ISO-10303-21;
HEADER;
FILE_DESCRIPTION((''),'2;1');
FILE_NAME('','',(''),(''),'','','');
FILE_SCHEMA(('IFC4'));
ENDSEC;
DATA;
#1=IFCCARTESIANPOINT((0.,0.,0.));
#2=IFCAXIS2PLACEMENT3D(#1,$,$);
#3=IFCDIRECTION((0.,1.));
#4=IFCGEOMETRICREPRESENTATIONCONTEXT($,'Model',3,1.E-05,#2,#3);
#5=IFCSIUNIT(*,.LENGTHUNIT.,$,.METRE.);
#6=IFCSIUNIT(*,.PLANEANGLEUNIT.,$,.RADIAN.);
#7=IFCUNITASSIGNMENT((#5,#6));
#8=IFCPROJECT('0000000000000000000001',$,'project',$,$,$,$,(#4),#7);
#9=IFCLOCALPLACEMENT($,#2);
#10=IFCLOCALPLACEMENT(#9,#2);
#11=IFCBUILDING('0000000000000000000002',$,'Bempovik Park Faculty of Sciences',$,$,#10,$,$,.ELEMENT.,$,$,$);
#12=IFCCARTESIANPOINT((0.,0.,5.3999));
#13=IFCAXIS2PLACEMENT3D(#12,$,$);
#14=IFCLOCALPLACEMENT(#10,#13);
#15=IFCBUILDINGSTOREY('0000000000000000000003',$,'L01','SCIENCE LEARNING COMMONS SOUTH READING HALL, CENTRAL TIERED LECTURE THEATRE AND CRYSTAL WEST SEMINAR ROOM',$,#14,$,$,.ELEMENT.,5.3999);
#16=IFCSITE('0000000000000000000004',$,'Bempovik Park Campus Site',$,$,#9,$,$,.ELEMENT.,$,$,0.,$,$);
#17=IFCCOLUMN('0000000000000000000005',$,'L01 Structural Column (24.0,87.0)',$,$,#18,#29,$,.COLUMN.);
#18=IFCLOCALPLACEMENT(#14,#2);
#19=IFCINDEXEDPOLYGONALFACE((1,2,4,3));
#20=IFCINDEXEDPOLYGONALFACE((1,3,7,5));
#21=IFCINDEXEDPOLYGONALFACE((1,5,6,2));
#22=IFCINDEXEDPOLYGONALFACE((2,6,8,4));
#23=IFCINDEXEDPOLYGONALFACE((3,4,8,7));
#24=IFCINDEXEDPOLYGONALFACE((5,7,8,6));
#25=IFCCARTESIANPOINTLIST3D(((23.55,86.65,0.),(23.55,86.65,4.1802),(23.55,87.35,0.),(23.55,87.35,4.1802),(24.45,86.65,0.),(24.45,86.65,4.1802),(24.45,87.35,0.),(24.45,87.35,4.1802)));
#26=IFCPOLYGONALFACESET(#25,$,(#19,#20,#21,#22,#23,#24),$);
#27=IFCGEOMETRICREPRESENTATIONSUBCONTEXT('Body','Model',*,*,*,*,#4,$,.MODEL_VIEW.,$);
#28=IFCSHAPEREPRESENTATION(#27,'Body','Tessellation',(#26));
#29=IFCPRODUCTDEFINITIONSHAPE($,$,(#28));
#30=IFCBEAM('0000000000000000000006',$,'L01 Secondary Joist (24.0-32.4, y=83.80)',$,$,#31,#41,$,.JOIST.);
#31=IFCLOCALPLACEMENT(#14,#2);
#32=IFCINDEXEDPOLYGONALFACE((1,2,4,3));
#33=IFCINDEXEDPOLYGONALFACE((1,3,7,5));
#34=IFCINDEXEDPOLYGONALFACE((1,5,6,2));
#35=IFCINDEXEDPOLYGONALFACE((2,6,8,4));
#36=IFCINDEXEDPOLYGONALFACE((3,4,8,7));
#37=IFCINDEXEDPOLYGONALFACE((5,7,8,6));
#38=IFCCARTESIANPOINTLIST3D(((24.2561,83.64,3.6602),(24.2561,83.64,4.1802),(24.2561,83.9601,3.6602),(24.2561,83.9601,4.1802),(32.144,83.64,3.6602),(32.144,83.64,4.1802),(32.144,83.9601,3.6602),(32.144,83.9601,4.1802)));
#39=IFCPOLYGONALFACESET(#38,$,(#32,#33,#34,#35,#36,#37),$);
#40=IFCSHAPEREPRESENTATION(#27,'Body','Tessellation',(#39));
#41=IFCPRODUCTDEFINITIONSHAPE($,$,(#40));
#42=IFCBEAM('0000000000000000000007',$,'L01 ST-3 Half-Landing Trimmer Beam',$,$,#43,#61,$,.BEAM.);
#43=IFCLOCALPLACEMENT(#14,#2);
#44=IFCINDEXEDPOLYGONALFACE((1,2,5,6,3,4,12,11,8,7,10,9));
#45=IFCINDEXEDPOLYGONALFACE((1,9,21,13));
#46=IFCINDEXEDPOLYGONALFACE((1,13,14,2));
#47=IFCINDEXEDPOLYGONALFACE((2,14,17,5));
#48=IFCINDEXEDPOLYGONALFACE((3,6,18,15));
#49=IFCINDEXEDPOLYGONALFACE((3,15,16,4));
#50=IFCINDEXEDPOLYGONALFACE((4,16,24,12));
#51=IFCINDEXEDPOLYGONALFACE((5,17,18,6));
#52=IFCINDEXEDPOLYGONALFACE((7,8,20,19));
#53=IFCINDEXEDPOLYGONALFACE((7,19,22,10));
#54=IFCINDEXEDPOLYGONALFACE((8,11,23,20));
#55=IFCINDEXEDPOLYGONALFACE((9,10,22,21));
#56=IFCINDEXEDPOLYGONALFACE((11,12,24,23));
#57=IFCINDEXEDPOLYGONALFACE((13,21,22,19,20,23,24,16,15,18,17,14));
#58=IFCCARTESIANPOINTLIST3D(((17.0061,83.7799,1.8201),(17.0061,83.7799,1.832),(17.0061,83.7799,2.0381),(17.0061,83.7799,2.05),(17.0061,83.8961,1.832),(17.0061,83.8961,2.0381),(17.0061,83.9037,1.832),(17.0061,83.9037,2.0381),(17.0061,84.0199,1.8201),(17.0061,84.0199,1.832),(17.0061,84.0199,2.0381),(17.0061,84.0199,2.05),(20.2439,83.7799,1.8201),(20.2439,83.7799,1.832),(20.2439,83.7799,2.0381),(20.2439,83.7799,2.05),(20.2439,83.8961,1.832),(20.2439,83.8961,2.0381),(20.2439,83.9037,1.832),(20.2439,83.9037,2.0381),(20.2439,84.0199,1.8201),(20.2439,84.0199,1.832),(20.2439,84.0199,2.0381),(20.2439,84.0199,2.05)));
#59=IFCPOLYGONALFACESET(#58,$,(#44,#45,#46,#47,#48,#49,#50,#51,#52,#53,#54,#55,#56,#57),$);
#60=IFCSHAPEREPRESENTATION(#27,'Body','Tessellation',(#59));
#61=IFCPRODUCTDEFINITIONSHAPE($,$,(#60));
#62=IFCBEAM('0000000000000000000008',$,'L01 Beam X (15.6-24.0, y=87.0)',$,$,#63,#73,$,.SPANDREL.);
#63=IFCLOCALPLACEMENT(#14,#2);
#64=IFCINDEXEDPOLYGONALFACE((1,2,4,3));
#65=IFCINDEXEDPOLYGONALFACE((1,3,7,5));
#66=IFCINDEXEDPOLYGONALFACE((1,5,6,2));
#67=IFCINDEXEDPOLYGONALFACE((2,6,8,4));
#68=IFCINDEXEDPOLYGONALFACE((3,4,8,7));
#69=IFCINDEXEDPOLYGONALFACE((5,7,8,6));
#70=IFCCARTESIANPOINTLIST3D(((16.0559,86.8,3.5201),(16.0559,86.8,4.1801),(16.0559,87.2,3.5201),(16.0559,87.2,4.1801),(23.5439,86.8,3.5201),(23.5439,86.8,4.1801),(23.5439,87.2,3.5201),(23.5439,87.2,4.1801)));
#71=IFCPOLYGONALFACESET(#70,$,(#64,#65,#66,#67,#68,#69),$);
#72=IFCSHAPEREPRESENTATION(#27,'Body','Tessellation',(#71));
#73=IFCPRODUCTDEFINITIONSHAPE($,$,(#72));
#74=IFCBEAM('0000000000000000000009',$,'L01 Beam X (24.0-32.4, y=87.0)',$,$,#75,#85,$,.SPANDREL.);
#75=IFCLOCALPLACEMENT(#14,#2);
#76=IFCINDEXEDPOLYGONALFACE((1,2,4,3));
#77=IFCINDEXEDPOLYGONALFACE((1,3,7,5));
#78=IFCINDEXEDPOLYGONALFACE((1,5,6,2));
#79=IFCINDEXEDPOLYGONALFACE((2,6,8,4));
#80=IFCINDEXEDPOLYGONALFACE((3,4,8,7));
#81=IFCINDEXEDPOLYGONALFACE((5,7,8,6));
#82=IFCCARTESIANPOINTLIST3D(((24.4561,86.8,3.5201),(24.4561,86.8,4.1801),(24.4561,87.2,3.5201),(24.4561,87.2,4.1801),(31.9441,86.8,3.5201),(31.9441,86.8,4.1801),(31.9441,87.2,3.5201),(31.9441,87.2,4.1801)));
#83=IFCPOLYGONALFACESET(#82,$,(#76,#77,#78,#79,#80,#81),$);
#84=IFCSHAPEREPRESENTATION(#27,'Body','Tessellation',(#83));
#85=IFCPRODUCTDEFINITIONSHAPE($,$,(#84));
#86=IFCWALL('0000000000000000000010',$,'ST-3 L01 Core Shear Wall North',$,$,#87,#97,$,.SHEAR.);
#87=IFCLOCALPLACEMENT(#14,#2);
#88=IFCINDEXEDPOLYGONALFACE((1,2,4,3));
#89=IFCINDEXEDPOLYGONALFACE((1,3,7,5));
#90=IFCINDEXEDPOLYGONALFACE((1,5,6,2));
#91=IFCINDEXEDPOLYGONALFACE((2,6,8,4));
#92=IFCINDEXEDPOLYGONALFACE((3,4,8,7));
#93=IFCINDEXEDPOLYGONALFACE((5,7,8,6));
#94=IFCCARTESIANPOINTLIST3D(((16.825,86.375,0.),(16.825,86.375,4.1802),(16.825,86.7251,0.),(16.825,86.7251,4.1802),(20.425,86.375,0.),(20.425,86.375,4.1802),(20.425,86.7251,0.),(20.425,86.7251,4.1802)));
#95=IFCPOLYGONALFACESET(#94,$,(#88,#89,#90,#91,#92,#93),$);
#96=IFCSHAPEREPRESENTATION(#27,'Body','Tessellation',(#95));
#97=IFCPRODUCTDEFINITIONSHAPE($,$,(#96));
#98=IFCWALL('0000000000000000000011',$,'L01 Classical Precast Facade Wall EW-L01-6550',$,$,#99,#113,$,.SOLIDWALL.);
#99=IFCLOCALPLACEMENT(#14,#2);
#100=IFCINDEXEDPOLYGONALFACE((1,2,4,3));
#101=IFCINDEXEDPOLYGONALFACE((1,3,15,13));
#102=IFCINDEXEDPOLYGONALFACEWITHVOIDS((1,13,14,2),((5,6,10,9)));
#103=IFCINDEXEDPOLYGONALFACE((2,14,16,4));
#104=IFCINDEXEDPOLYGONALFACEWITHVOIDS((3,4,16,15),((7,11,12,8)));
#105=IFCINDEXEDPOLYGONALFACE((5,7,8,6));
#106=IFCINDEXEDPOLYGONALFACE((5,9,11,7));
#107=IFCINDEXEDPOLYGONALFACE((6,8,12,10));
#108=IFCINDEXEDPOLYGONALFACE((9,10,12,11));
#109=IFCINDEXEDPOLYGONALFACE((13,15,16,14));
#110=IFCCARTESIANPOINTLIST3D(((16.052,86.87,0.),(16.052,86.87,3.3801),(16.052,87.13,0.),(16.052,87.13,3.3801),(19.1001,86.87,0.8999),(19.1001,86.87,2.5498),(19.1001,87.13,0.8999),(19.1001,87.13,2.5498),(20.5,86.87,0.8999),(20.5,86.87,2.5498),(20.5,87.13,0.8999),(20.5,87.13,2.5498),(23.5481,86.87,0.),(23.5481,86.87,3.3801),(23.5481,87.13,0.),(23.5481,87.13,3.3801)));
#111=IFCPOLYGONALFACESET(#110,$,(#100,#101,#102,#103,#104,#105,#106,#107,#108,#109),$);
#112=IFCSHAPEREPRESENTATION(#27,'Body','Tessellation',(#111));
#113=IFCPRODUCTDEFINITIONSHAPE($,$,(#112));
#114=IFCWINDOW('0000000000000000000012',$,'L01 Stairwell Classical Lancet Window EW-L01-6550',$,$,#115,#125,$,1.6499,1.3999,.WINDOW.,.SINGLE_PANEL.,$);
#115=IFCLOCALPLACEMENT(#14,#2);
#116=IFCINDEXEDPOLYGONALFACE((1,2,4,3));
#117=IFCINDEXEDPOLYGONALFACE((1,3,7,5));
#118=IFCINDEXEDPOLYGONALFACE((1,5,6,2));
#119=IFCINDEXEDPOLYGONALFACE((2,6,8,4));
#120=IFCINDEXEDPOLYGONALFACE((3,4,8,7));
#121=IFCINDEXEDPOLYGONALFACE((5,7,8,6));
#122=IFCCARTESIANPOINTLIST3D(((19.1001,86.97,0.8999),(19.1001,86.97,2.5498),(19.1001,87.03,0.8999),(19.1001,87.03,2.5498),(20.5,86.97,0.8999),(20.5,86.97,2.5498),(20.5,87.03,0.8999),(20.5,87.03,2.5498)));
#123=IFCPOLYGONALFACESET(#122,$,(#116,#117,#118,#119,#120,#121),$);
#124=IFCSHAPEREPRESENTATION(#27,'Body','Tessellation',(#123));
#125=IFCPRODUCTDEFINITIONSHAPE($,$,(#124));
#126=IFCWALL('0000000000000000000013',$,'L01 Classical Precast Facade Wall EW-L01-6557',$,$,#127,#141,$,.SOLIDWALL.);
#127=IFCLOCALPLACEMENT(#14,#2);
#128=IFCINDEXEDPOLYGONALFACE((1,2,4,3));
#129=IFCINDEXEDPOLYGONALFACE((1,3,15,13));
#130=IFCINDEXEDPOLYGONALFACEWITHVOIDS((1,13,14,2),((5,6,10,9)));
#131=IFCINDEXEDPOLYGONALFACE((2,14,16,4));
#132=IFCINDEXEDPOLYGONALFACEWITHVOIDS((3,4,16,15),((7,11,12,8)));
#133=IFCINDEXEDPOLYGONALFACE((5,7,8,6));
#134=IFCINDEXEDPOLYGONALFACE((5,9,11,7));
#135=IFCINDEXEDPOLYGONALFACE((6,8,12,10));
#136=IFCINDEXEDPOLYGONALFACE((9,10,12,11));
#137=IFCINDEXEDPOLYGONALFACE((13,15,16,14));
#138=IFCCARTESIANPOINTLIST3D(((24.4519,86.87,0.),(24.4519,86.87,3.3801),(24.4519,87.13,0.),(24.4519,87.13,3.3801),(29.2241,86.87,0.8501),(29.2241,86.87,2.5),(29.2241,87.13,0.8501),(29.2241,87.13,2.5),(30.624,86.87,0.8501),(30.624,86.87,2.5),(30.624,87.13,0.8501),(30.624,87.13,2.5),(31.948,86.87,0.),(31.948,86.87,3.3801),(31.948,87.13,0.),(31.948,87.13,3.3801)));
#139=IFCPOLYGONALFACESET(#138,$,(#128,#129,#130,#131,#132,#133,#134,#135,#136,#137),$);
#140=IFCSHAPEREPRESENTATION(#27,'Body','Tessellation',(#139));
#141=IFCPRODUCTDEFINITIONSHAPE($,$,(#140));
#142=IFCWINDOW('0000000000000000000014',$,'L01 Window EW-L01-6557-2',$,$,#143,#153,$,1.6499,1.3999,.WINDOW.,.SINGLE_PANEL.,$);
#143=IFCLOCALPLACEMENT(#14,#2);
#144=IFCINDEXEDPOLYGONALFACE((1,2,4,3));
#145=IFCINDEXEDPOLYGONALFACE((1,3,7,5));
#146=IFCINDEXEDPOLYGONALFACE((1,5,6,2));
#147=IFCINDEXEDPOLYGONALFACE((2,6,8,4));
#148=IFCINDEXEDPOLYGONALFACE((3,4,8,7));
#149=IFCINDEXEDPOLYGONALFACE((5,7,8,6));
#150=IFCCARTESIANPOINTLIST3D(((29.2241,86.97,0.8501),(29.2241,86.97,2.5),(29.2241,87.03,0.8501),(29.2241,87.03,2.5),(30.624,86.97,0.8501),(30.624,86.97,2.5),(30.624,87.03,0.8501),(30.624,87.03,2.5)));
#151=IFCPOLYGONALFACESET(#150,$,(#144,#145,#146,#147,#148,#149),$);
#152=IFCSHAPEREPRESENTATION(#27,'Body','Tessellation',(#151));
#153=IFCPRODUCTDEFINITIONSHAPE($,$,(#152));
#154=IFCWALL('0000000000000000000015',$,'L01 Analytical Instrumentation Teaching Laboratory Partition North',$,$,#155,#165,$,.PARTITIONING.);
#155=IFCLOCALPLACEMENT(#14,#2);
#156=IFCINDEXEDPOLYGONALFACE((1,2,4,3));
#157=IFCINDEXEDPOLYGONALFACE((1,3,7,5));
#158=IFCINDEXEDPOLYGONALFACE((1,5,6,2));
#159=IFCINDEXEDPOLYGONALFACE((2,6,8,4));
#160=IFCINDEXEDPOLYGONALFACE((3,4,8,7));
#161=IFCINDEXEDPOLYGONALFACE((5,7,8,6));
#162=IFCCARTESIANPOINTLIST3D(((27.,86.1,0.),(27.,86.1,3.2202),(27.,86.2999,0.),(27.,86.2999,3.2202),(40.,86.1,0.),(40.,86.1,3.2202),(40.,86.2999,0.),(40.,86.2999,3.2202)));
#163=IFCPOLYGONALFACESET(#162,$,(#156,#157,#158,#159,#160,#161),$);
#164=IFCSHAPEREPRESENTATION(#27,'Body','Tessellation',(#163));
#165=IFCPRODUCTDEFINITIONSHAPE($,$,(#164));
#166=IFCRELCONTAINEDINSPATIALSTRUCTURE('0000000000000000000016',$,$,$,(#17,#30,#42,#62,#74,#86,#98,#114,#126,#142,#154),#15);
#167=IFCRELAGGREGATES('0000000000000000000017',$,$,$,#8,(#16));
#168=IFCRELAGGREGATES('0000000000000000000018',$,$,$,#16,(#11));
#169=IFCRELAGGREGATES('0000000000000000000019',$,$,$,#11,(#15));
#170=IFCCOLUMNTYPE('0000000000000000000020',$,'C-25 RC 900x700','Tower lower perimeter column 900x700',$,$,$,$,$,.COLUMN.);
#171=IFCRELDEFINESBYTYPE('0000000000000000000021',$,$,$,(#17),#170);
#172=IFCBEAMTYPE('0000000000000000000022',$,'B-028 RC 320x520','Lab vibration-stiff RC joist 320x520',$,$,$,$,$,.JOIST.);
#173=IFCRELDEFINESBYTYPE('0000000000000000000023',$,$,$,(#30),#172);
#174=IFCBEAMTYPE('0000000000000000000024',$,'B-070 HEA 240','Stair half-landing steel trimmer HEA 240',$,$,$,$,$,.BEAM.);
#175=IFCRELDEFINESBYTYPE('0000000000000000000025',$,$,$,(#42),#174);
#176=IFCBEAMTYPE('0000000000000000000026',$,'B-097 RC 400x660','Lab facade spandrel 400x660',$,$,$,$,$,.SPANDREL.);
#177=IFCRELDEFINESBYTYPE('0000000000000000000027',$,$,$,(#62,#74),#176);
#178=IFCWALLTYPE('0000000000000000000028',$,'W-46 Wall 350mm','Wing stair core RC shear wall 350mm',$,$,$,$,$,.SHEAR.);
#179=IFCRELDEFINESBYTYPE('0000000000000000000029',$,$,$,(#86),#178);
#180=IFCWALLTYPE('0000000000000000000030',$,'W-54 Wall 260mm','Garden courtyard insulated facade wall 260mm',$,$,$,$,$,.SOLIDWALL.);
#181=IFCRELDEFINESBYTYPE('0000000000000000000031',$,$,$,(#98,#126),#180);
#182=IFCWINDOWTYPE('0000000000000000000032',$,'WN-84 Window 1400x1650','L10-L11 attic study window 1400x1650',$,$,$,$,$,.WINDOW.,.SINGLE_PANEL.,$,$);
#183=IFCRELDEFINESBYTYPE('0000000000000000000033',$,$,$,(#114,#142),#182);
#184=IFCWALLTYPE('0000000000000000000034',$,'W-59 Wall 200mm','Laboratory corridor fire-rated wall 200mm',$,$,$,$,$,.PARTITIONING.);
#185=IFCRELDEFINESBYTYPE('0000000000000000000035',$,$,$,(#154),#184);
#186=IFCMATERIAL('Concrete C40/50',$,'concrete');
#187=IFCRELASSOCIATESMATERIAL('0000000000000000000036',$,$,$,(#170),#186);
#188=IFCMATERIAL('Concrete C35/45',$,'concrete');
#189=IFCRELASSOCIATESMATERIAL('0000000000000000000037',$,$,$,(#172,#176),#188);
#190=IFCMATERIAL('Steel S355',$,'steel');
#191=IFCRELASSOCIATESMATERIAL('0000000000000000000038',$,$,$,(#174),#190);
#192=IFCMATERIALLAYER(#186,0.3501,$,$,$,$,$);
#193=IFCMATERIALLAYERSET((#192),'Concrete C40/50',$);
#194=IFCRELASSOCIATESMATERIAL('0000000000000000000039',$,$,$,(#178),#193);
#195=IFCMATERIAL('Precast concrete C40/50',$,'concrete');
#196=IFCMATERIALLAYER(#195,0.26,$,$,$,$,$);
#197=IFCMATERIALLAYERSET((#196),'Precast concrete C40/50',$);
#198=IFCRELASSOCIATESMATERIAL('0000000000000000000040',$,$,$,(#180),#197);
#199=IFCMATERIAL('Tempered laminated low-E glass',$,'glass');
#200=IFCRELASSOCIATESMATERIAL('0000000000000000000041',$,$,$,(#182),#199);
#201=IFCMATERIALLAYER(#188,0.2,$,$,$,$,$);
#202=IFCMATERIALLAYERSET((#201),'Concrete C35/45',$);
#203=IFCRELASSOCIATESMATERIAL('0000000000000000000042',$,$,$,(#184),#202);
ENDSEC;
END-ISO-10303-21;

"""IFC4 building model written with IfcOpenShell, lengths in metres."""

from ifc_helpers import new_model, si_unit, direction, frame, frame_2d, origin, origin_2d, place, context, subcontext, project, spatial, rectangle, i_section, extrude, material, layer, layer_set, material_profile, profile_set, type_object, element, fill, save


model = new_model("IFC4")

# Units and contexts
model_context = context("Model", 3, precision=1e-05, world=origin(), true_north=direction((0.0, 1.0)))
body_context = subcontext(model_context, "Body", "Model", "MODEL_VIEW")
ifc_project = project(units=[si_unit("LENGTHUNIT", "METRE"), si_unit("PLANEANGLEUNIT", "RADIAN")], contexts=[model_context])

# Site, building, storey
site_placement = place(None, origin())
site = spatial("IfcSite", under=ifc_project, at=site_placement, Name="Bempovik Park Campus Site", CompositionType="ELEMENT", RefElevation=0.0)
building_placement = place(site_placement, origin())
building = spatial("IfcBuilding", under=site, at=building_placement, Name="Bempovik Park Faculty of Sciences", CompositionType="ELEMENT")
storey_placement = place(building_placement, frame((0.0, 0.0, 5.3999)))
storey = spatial("IfcBuildingStorey", under=building, at=storey_placement, Name="L01", Description="SCIENCE LEARNING COMMONS SOUTH READING HALL, CENTRAL TIERED LECTURE THEATRE AND CRYSTAL WEST SEMINAR ROOM", CompositionType="ELEMENT", Elevation=5.3999)

# Column
ifc_material_1 = material(Name="Concrete C40/50", Category="concrete")
ifc_material_profile_1 = material_profile(ifc_material_1, rectangle(XDim=0.8999, YDim=0.7, at=origin_2d()), Name="RC 900x700")
ifc_profile_set_1 = profile_set([ifc_material_profile_1], Name="Concrete C40/50")
column_type = type_object("IfcColumnType", Name="C-25 RC 900x700", Description="Tower lower perimeter column 900x700", PredefinedType="COLUMN", material=ifc_profile_set_1)
column_placement = place(storey_placement, frame((24.0, 87.0, 0.0), z_axis=(0.0, 0.0, 1.0), x_axis=(1.0, 0.0, 0.0)))
element("IfcColumn", 1, at=column_placement, inside=storey, type_object=column_type, Name="L01 Structural Column (24.0,87.0)", PredefinedType="COLUMN", context=body_context, shape_type="SweptSolid", body=[
    extrude(rectangle(XDim=0.8999, YDim=0.7, at=origin_2d()), origin(), (0.0, 0.0, 1.0), 4.1802),
])

# Beams
ifc_material_2 = material(Name="Concrete C35/45", Category="concrete")
ifc_material_profile_2 = material_profile(ifc_material_2, rectangle(XDim=0.3201, YDim=0.52, at=origin_2d()), Name="RC 320x520")
ifc_profile_set_2 = profile_set([ifc_material_profile_2], Name="Concrete C35/45")
beam_type_1 = type_object("IfcBeamType", Name="B-028 RC 320x520", Description="Lab vibration-stiff RC joist 320x520", PredefinedType="JOIST", material=ifc_profile_set_2)
beam_1_placement = place(storey_placement, frame((24.2561, 83.8, 3.9202), z_axis=(1.0, 0.0, 0.0), x_axis=(0.0, 1.0, 0.0)))
element("IfcBeam", 2, at=beam_1_placement, inside=storey, type_object=beam_type_1, Name="L01 Secondary Joist (24.0-32.4, y=83.80)", PredefinedType="JOIST", context=body_context, shape_type="SweptSolid", body=[
    extrude(rectangle(XDim=0.3201, YDim=0.52, at=origin_2d()), origin(), (0.0, 0.0, 1.0), 7.8879),
])
ifc_material_3 = material(Name="Steel S355", Category="steel")
ifc_material_profile_3 = material_profile(ifc_material_3, i_section(OverallWidth=0.24, OverallDepth=0.23, WebThickness=0.0076, FlangeThickness=0.012, at=origin_2d()), Name="HEA 240")
ifc_profile_set_3 = profile_set([ifc_material_profile_3], Name="Steel S355")
beam_type_2 = type_object("IfcBeamType", Name="B-070 HEA 240", Description="Stair half-landing steel trimmer HEA 240", PredefinedType="BEAM", material=ifc_profile_set_3)
beam_2_placement = place(storey_placement, frame((17.0061, 83.8999, 1.9351), z_axis=(1.0, 0.0, 0.0), x_axis=(0.0, 1.0, 0.0)))
element("IfcBeam", 3, at=beam_2_placement, inside=storey, type_object=beam_type_2, Name="L01 ST-3 Half-Landing Trimmer Beam", PredefinedType="BEAM", context=body_context, shape_type="SweptSolid", body=[
    extrude(i_section(OverallWidth=0.24, OverallDepth=0.23, WebThickness=0.0076, FlangeThickness=0.012, at=origin_2d()), origin(), (0.0, 0.0, 1.0), 3.2378),
])
ifc_material_profile_4 = material_profile(ifc_material_2, rectangle(XDim=0.3999, YDim=0.6599, at=origin_2d()), Name="RC 400x660")
ifc_profile_set_4 = profile_set([ifc_material_profile_4], Name="Concrete C35/45")
beam_type_3 = type_object("IfcBeamType", Name="B-097 RC 400x660", Description="Lab facade spandrel 400x660", PredefinedType="SPANDREL", material=ifc_profile_set_4)
for number, where, z_axis, x_axis, name in (
    (4, (16.0559, 87.0, 3.8501), (1.0, 0.0, 0.0), (0.0, 1.0, 0.0), "L01 Beam X (15.6-24.0, y=87.0)"),
    (5, (24.4561, 87.0, 3.8501), (1.0, 0.0, 0.0), (0.0, 1.0, 0.0), "L01 Beam X (24.0-32.4, y=87.0)"),
):
    element("IfcBeam", number, at=place(storey_placement, frame(where, z_axis=z_axis, x_axis=x_axis)), inside=storey, type_object=beam_type_3, Name=name, PredefinedType="SPANDREL", context=body_context, shape_type="SweptSolid", body=[
        extrude(rectangle(XDim=0.3999, YDim=0.6599, at=origin_2d()), origin(), (0.0, 0.0, 1.0), 7.488),
    ])

# Wall
ifc_layer_1 = layer(ifc_material_1, 0.3501)
ifc_layer_set_1 = layer_set([ifc_layer_1], Name="Concrete C40/50")
wall_type_1 = type_object("IfcWallType", Name="W-46 Wall 350mm", Description="Wing stair core RC shear wall 350mm", PredefinedType="SHEAR", material=ifc_layer_set_1)
wall_1_placement = place(storey_placement, frame((16.825, 86.55, 0.0), z_axis=(0.0, 0.0, 1.0), x_axis=(1.0, 0.0, 0.0)))
element("IfcWall", 6, at=wall_1_placement, inside=storey, type_object=wall_type_1, Name="ST-3 L01 Core Shear Wall North", PredefinedType="SHEAR", context=body_context, shape_type="SweptSolid", body=[
    extrude(rectangle(XDim=3.6001, YDim=0.3501, at=frame_2d((1.8, 0.0))), origin(), (0.0, 0.0, 1.0), 4.1802),
])

# Walls, openings, windows
ifc_material_4 = material(Name="Precast concrete C40/50", Category="concrete")
ifc_layer_2 = layer(ifc_material_4, 0.26)
ifc_layer_set_2 = layer_set([ifc_layer_2], Name="Precast concrete C40/50")
wall_type_2 = type_object("IfcWallType", Name="W-54 Wall 260mm", Description="Garden courtyard insulated facade wall 260mm", PredefinedType="SOLIDWALL", material=ifc_layer_set_2)
wall_2_placement = place(storey_placement, frame((16.052, 87.0, 0.0), z_axis=(0.0, 0.0, 1.0), x_axis=(1.0, 0.0, 0.0)))
wall_2 = element("IfcWall", 7, at=wall_2_placement, inside=storey, type_object=wall_type_2, Name="L01 Classical Precast Facade Wall EW-L01-6550", PredefinedType="SOLIDWALL", context=body_context, shape_type="SweptSolid", body=[
    extrude(rectangle(XDim=7.4961, YDim=0.26, at=frame_2d((3.748, 0.0))), origin(), (0.0, 0.0, 1.0), 3.3801),
])
opening_1_placement = place(wall_2_placement, frame((3.0481, 0.0, 0.8999)))
opening_1 = element("IfcOpeningElement", 8, at=opening_1_placement, cuts=wall_2, PredefinedType="OPENING", context=body_context, shape_type="SweptSolid", body=[
    extrude(rectangle(XDim=1.3999, YDim=1.6499, at=frame_2d((0.7, 0.825))), frame((0.0, 0.1401, 0.0), z_axis=(0.0, -1.0, 0.0), x_axis=(1.0, 0.0, 0.0)), (0.0, 0.0, 1.0), 0.28),
])
ifc_material_5 = material(Name="Tempered laminated low-E glass", Category="glass")
window_type = type_object("IfcWindowType", Name="WN-84 Window 1400x1650", Description="L10-L11 attic study window 1400x1650", PartitioningType="SINGLE_PANEL", PredefinedType="WINDOW", material=ifc_material_5)
window_1_placement = place(opening_1_placement, origin())
window_1 = element("IfcWindow", 9, at=window_1_placement, inside=storey, type_object=window_type, Name="L01 Stairwell Classical Lancet Window EW-L01-6550", OverallHeight=1.6499, OverallWidth=1.3999, PartitioningType="SINGLE_PANEL", PredefinedType="WINDOW", context=body_context, shape_type="SweptSolid", body=[
    extrude(rectangle(XDim=1.3999, YDim=1.6499, at=frame_2d((0.7, 0.825))), frame((0.0, 0.03, 0.0), z_axis=(0.0, -1.0, 0.0), x_axis=(1.0, 0.0, 0.0)), (0.0, 0.0, 1.0), 0.0601),
])
fill(opening_1, window_1)
wall_3_placement = place(storey_placement, frame((24.4519, 87.0, 0.0), z_axis=(0.0, 0.0, 1.0), x_axis=(1.0, 0.0, 0.0)))
wall_3 = element("IfcWall", 10, at=wall_3_placement, inside=storey, type_object=wall_type_2, Name="L01 Classical Precast Facade Wall EW-L01-6557", PredefinedType="SOLIDWALL", context=body_context, shape_type="SweptSolid", body=[
    extrude(rectangle(XDim=7.4961, YDim=0.26, at=frame_2d((3.748, 0.0))), origin(), (0.0, 0.0, 1.0), 3.3801),
])
opening_2_placement = place(wall_3_placement, frame((4.7722, 0.0, 0.8501)))
opening_2 = element("IfcOpeningElement", 11, at=opening_2_placement, cuts=wall_3, PredefinedType="OPENING", context=body_context, shape_type="SweptSolid", body=[
    extrude(rectangle(XDim=1.3999, YDim=1.6499, at=frame_2d((0.7, 0.825))), frame((0.0, 0.1401, 0.0), z_axis=(0.0, -1.0, 0.0), x_axis=(1.0, 0.0, 0.0)), (0.0, 0.0, 1.0), 0.28),
])
window_2_placement = place(opening_2_placement, origin())
window_2 = element("IfcWindow", 12, at=window_2_placement, inside=storey, type_object=window_type, Name="L01 Window EW-L01-6557-2", OverallHeight=1.6499, OverallWidth=1.3999, PartitioningType="SINGLE_PANEL", PredefinedType="WINDOW", context=body_context, shape_type="SweptSolid", body=[
    extrude(rectangle(XDim=1.3999, YDim=1.6499, at=frame_2d((0.7, 0.825))), frame((0.0, 0.03, 0.0), z_axis=(0.0, -1.0, 0.0), x_axis=(1.0, 0.0, 0.0)), (0.0, 0.0, 1.0), 0.0601),
])
fill(opening_2, window_2)

# Wall
ifc_layer_3 = layer(ifc_material_2, 0.2)
ifc_layer_set_3 = layer_set([ifc_layer_3], Name="Concrete C35/45")
wall_type_3 = type_object("IfcWallType", Name="W-59 Wall 200mm", Description="Laboratory corridor fire-rated wall 200mm", PredefinedType="PARTITIONING", material=ifc_layer_set_3)
wall_4_placement = place(storey_placement, frame((27.0, 86.2, 0.0), z_axis=(0.0, 0.0, 1.0), x_axis=(1.0, 0.0, 0.0)))
element("IfcWall", 13, at=wall_4_placement, inside=storey, type_object=wall_type_3, Name="L01 Analytical Instrumentation Teaching Laboratory Partition North", PredefinedType="PARTITIONING", context=body_context, shape_type="SweptSolid", body=[
    extrude(rectangle(XDim=13.0, YDim=0.2, at=frame_2d((6.5, 0.0))), origin(), (0.0, 0.0, 1.0), 3.2202),
])

save(model, "model.ifc")
